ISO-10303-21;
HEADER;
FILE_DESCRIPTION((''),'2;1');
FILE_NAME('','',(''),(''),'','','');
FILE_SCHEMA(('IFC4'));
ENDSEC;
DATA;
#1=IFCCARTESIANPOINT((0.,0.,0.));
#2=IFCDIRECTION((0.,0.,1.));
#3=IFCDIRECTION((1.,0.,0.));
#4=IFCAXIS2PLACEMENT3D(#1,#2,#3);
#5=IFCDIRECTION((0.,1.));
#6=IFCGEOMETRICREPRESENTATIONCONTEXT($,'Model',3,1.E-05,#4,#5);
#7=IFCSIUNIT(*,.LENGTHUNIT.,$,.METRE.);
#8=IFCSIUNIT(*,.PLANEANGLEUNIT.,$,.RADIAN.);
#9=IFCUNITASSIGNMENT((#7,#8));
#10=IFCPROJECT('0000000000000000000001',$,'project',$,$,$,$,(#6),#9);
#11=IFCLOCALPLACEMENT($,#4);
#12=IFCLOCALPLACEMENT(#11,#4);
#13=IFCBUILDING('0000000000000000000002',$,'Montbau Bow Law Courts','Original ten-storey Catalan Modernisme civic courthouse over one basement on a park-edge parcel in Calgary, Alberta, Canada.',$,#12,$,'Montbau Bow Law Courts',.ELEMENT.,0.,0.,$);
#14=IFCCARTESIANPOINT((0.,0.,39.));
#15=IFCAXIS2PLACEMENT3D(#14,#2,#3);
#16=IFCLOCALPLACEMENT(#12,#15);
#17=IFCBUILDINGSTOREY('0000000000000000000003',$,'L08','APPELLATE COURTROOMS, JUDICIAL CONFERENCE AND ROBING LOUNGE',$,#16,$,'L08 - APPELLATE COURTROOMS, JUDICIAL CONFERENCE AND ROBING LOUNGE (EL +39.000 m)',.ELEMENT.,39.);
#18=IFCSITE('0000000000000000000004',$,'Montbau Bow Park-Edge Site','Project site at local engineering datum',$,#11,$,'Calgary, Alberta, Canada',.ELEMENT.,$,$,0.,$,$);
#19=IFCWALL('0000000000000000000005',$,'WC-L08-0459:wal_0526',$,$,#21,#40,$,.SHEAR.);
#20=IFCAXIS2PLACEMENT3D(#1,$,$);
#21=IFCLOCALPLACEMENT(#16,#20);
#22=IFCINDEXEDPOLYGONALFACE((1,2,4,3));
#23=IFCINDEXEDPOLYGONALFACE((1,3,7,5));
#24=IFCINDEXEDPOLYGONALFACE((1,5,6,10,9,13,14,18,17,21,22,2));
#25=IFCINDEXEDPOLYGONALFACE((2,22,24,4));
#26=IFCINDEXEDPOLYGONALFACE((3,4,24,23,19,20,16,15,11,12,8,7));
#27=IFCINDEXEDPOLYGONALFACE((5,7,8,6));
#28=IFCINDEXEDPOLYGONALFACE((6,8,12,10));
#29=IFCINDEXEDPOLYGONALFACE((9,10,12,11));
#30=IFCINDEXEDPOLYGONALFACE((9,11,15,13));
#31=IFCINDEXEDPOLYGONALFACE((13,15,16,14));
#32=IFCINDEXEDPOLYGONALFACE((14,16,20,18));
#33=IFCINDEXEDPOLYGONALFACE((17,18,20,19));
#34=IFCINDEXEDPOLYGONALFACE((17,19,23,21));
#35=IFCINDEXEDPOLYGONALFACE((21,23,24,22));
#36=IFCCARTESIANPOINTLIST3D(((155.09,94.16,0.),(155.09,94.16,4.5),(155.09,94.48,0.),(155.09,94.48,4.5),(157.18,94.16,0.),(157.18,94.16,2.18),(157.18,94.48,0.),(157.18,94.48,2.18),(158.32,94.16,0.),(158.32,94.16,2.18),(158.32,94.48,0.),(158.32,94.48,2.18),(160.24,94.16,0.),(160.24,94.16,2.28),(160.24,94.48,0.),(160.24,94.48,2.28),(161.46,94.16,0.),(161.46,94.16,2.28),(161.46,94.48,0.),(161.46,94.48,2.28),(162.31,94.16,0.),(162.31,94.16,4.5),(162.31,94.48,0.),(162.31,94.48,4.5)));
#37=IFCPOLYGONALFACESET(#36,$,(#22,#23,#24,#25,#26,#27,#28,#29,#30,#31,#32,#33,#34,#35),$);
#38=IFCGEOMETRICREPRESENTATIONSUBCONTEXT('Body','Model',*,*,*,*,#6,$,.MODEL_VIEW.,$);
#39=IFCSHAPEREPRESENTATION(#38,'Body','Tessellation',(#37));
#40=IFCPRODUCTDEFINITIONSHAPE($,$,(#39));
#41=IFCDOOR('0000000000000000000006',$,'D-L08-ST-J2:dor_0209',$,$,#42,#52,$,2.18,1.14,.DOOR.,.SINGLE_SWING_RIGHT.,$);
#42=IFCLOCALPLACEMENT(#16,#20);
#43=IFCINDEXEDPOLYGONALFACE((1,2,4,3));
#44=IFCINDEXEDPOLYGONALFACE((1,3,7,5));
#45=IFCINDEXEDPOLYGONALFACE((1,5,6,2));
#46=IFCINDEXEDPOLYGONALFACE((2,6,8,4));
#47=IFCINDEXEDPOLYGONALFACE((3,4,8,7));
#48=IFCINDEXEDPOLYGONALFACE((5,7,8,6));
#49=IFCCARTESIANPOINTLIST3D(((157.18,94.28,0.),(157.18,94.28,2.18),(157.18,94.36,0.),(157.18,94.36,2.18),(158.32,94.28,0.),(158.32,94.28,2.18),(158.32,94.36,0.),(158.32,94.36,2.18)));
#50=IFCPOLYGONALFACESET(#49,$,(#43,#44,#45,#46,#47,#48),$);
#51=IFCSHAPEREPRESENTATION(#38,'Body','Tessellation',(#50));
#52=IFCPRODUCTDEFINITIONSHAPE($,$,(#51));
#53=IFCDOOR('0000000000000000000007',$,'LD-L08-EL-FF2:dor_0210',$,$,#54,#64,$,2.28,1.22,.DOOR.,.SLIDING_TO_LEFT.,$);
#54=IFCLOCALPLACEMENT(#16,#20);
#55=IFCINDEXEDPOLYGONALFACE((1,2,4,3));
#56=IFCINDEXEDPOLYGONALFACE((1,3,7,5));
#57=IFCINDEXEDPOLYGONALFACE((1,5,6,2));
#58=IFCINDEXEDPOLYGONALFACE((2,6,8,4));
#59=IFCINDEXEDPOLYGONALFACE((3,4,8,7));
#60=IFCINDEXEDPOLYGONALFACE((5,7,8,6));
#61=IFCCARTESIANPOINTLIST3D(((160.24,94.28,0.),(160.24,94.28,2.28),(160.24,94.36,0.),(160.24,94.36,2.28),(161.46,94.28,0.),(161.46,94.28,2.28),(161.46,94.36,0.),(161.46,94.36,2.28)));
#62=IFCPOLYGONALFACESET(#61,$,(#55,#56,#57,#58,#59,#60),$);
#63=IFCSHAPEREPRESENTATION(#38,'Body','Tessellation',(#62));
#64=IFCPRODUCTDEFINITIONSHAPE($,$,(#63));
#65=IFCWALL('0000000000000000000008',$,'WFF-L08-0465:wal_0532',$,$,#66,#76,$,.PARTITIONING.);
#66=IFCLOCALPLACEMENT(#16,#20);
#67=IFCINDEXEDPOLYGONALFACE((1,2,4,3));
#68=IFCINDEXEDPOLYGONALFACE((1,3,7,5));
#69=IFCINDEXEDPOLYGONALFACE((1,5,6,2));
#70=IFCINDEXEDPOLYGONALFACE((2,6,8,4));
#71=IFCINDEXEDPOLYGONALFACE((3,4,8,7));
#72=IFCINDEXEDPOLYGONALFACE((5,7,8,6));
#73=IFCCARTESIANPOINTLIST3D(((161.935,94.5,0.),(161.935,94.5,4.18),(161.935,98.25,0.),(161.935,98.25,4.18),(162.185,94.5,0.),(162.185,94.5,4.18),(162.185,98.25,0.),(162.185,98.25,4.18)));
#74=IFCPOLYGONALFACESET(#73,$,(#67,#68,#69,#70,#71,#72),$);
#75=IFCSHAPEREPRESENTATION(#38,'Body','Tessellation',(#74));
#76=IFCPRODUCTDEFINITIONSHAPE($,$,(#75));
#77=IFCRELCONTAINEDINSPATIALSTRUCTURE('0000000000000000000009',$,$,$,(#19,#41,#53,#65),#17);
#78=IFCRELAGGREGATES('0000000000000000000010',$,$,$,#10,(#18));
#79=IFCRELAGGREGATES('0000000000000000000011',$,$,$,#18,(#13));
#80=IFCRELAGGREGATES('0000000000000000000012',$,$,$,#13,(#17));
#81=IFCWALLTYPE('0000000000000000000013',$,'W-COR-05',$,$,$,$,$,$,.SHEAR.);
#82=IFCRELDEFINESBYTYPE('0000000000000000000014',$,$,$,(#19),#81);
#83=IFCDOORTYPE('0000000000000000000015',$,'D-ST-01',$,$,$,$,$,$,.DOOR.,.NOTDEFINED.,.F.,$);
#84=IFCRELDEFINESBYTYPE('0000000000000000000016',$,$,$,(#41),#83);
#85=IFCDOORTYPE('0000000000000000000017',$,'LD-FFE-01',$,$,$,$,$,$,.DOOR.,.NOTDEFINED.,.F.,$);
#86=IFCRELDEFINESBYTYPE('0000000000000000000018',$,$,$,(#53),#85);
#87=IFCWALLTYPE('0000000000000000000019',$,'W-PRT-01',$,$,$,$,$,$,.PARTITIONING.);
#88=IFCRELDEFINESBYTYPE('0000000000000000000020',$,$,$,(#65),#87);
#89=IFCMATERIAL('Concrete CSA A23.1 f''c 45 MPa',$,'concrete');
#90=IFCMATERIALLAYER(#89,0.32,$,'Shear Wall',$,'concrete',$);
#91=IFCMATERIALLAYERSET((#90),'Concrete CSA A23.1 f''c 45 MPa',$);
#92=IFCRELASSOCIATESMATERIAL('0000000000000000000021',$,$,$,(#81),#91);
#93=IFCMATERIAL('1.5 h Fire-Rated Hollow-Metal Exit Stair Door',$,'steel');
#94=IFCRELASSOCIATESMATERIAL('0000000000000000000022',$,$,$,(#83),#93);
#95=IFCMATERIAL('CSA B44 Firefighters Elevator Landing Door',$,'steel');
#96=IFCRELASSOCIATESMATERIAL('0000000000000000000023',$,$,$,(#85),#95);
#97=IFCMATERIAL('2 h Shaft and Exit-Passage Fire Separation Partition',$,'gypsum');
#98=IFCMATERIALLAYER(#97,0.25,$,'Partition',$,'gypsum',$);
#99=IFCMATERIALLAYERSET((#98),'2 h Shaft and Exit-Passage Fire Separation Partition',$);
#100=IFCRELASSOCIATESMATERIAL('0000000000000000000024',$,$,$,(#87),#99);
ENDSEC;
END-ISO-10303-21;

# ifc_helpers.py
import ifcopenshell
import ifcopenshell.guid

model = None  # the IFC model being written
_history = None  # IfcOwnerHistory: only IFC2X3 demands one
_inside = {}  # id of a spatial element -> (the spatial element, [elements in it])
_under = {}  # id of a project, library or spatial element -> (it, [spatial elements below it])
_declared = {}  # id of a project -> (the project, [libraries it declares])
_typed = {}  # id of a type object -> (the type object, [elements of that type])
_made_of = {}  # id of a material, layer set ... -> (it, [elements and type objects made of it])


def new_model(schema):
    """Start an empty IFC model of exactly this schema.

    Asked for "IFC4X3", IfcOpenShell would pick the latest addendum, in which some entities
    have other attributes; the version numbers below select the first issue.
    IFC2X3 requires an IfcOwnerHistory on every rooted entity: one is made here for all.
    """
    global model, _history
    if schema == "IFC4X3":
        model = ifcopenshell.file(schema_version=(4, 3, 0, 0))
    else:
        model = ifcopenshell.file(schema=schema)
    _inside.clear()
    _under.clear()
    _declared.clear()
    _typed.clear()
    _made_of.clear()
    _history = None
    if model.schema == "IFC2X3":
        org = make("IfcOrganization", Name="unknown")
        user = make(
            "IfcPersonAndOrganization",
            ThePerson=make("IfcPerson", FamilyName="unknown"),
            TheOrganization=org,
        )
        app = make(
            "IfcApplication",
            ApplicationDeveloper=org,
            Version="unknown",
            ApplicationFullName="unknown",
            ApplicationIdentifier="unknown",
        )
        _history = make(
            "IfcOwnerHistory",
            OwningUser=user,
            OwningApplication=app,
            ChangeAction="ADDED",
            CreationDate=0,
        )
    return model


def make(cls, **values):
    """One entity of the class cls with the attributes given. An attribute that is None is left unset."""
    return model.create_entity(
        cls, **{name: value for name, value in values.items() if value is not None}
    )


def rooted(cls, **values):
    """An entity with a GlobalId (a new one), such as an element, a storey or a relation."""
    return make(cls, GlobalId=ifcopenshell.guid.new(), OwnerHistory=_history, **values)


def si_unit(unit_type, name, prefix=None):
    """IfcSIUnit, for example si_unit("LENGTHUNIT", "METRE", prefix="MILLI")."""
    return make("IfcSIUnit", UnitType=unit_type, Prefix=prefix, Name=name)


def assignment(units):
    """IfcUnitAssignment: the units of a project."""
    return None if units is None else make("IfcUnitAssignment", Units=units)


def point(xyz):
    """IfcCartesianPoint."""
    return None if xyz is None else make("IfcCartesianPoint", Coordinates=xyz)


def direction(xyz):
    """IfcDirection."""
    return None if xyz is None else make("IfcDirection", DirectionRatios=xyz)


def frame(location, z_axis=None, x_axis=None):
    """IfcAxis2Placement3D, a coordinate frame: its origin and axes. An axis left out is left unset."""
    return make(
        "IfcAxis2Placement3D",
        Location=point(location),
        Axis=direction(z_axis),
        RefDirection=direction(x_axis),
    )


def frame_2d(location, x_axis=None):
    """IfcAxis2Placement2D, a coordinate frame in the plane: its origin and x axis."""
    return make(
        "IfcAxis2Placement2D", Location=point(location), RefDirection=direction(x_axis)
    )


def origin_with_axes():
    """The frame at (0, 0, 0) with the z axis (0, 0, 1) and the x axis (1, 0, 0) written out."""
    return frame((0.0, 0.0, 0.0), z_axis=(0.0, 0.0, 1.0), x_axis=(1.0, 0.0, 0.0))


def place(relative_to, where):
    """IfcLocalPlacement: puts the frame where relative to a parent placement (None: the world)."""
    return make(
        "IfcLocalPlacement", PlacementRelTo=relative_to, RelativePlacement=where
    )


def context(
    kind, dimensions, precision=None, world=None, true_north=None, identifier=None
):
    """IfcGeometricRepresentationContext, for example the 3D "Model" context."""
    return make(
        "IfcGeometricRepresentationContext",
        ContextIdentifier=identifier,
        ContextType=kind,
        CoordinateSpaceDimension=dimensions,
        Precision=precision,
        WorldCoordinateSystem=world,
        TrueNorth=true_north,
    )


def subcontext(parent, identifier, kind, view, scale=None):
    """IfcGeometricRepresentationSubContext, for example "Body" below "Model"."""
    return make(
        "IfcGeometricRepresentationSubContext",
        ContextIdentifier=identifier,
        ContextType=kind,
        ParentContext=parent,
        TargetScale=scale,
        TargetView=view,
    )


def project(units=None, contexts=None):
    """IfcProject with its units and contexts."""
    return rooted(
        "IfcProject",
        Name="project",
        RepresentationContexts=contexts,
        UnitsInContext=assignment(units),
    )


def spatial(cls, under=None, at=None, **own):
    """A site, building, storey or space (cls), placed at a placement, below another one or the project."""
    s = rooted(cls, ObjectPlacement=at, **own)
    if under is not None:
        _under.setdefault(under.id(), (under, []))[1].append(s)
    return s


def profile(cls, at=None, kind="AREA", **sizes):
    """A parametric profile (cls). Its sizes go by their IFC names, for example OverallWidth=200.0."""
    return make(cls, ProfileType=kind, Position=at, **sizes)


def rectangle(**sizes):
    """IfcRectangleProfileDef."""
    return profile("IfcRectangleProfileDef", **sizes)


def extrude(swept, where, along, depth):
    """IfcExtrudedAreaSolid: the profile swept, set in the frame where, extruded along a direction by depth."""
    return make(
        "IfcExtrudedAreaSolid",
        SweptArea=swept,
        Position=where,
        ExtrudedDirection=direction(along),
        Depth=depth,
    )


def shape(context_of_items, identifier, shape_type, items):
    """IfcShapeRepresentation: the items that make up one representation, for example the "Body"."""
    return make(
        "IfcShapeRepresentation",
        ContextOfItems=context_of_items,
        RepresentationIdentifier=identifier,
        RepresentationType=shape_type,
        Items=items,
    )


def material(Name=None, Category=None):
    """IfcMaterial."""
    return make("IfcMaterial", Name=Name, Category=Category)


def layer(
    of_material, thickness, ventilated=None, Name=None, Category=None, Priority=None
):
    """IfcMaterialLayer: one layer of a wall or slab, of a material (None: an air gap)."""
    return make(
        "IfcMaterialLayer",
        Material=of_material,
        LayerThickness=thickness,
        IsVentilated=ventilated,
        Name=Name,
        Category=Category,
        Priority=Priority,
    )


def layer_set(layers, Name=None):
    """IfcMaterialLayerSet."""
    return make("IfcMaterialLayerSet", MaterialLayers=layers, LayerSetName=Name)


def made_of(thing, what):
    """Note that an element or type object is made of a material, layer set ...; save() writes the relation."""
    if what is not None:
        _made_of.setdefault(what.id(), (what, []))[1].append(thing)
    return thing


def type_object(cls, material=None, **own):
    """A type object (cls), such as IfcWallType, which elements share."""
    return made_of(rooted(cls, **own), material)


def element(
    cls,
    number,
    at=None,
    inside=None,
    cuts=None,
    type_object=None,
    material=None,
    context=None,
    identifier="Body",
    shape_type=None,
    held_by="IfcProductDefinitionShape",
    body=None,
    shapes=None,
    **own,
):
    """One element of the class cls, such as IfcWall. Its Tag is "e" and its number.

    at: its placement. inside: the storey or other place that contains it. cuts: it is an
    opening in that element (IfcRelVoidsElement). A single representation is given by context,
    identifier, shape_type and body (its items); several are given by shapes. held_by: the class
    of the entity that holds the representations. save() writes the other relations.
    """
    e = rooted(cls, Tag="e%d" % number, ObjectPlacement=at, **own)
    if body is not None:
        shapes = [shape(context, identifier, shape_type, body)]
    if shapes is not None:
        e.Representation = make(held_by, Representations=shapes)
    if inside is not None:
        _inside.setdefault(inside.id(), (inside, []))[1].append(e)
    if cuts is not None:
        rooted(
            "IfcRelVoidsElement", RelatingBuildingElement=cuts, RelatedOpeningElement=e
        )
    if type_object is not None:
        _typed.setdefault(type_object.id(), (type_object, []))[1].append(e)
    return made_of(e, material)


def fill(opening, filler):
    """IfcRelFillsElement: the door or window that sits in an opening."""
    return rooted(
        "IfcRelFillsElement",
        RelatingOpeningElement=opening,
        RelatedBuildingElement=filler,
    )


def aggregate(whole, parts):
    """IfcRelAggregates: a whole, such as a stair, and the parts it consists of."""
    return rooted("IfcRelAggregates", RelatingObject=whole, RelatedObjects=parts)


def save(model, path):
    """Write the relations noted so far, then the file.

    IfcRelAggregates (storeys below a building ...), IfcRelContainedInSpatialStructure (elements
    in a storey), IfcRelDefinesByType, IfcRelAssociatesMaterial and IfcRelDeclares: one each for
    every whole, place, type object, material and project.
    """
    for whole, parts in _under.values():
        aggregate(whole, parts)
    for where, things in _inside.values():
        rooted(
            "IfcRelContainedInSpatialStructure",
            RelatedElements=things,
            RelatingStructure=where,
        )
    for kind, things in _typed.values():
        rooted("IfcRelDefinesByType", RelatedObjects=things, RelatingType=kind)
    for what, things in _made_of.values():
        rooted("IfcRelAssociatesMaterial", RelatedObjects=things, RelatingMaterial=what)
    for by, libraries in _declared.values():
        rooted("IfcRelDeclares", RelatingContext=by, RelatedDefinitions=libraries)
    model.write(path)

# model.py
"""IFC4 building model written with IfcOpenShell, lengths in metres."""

from ifc_helpers import new_model, si_unit, direction, frame, frame_2d, origin_with_axes, place, context, subcontext, project, spatial, rectangle, extrude, material, layer, layer_set, type_object, element, fill, save


model = new_model("IFC4")

# Units and contexts
model_context = context("Model", 3, precision=1e-05, world=origin_with_axes(), true_north=direction((0.0, 1.0)))
body_context = subcontext(model_context, "Body", "Model", "MODEL_VIEW")
ifc_project = project(units=[si_unit("LENGTHUNIT", "METRE"), si_unit("PLANEANGLEUNIT", "RADIAN")], contexts=[model_context])

# Site, building, storey
site_placement = place(None, origin_with_axes())
site = spatial("IfcSite", under=ifc_project, at=site_placement, Name="Montbau Bow Park-Edge Site", Description="Project site at local engineering datum", LongName="Calgary, Alberta, Canada", CompositionType="ELEMENT", RefElevation=0.0)
building_placement = place(site_placement, origin_with_axes())
building = spatial("IfcBuilding", under=site, at=building_placement, Name="Montbau Bow Law Courts", Description="Original ten-storey Catalan Modernisme civic courthouse over one basement on a park-edge parcel in Calgary, Alberta, Canada.", LongName="Montbau Bow Law Courts", CompositionType="ELEMENT", ElevationOfRefHeight=0.0, ElevationOfTerrain=0.0)
storey_placement = place(building_placement, frame((0.0, 0.0, 39.0), z_axis=(0.0, 0.0, 1.0), x_axis=(1.0, 0.0, 0.0)))
storey = spatial("IfcBuildingStorey", under=building, at=storey_placement, Name="L08", Description="APPELLATE COURTROOMS, JUDICIAL CONFERENCE AND ROBING LOUNGE", LongName="L08 - APPELLATE COURTROOMS, JUDICIAL CONFERENCE AND ROBING LOUNGE (EL +39.000 m)", CompositionType="ELEMENT", Elevation=39.0)

# Wall, openings, doors
ifc_material_1 = material(Name="Concrete CSA A23.1 f'c 45 MPa", Category="concrete")
ifc_layer_1 = layer(ifc_material_1, 0.32, Name="Shear Wall", Category="concrete")
ifc_layer_set_1 = layer_set([ifc_layer_1], Name="Concrete CSA A23.1 f'c 45 MPa")
wall_type_1 = type_object("IfcWallType", Name="W-COR-05", PredefinedType="SHEAR", material=ifc_layer_set_1)
wall_1_placement = place(None, frame((162.31, 94.32, 39.0), z_axis=(0.0, 0.0, 1.0), x_axis=(-1.0, 0.0, 0.0)))
wall_1 = element("IfcWall", 1, at=wall_1_placement, inside=storey, type_object=wall_type_1, Name="WC-L08-0459:wal_0526", PredefinedType="SHEAR", context=body_context, shape_type="SweptSolid", body=[
    extrude(rectangle(XDim=7.22, YDim=0.32, at=frame_2d((3.61, 0.0), x_axis=(1.0, 0.0))), origin_with_axes(), (0.0, 0.0, 1.0), 4.5),
])
opening_1_placement = place(None, frame((157.75, 94.32, 39.0), z_axis=(0.0, 0.0, 1.0), x_axis=(-1.0, 0.0, 0.0)))
opening_1 = element("IfcOpeningElement", 2, at=opening_1_placement, cuts=wall_1, PredefinedType="OPENING", context=body_context, shape_type="SweptSolid", body=[
    extrude(rectangle(XDim=1.14, YDim=2.18, at=frame_2d((0.0, 1.09), x_axis=(1.0, 0.0))), frame((0.0, 0.17, 0.0), z_axis=(0.0, -1.0, 0.0), x_axis=(1.0, 0.0, 0.0)), (0.0, 0.0, 1.0), 0.34),
])
opening_2_placement = place(None, frame((160.85, 94.32, 39.0), z_axis=(0.0, 0.0, 1.0), x_axis=(-1.0, 0.0, 0.0)))
opening_2 = element("IfcOpeningElement", 3, at=opening_2_placement, cuts=wall_1, PredefinedType="OPENING", context=body_context, shape_type="SweptSolid", body=[
    extrude(rectangle(XDim=1.22, YDim=2.28, at=frame_2d((0.0, 1.14), x_axis=(1.0, 0.0))), frame((0.0, 0.17, 0.0), z_axis=(0.0, -1.0, 0.0), x_axis=(1.0, 0.0, 0.0)), (0.0, 0.0, 1.0), 0.34),
])
ifc_material_2 = material(Name="1.5 h Fire-Rated Hollow-Metal Exit Stair Door", Category="steel")
door_type_1 = type_object("IfcDoorType", Name="D-ST-01", OperationType="NOTDEFINED", ParameterTakesPrecedence=False, PredefinedType="DOOR", material=ifc_material_2)
door_1_placement = place(None, frame((157.75, 94.32, 39.0), z_axis=(0.0, 0.0, 1.0), x_axis=(1.0, 0.0, 0.0)))
door_1 = element("IfcDoor", 4, at=door_1_placement, inside=storey, type_object=door_type_1, Name="D-L08-ST-J2:dor_0209", OperationType="SINGLE_SWING_RIGHT", OverallHeight=2.18, OverallWidth=1.14, PredefinedType="DOOR", context=body_context, shape_type="SweptSolid", body=[
    extrude(rectangle(XDim=1.14, YDim=2.18, at=frame_2d((0.0, 1.09), x_axis=(1.0, 0.0))), frame((0.0, 0.04, 0.0), z_axis=(0.0, -1.0, 0.0), x_axis=(1.0, 0.0, 0.0)), (0.0, 0.0, 1.0), 0.08),
])
fill(opening_1, door_1)
ifc_material_3 = material(Name="CSA B44 Firefighters Elevator Landing Door", Category="steel")
door_type_2 = type_object("IfcDoorType", Name="LD-FFE-01", OperationType="NOTDEFINED", ParameterTakesPrecedence=False, PredefinedType="DOOR", material=ifc_material_3)
door_2_placement = place(None, frame((160.85, 94.32, 39.0), z_axis=(0.0, 0.0, 1.0), x_axis=(1.0, 0.0, 0.0)))
door_2 = element("IfcDoor", 5, at=door_2_placement, inside=storey, type_object=door_type_2, Name="LD-L08-EL-FF2:dor_0210", OperationType="SLIDING_TO_LEFT", OverallHeight=2.28, OverallWidth=1.22, PredefinedType="DOOR", context=body_context, shape_type="SweptSolid", body=[
    extrude(rectangle(XDim=1.22, YDim=2.28, at=frame_2d((0.0, 1.14), x_axis=(1.0, 0.0))), frame((0.0, 0.04, 0.0), z_axis=(0.0, -1.0, 0.0), x_axis=(1.0, 0.0, 0.0)), (0.0, 0.0, 1.0), 0.08),
])
fill(opening_2, door_2)

# Wall
ifc_material_4 = material(Name="2 h Shaft and Exit-Passage Fire Separation Partition", Category="gypsum")
ifc_layer_2 = layer(ifc_material_4, 0.25, Name="Partition", Category="gypsum")
ifc_layer_set_2 = layer_set([ifc_layer_2], Name="2 h Shaft and Exit-Passage Fire Separation Partition")
wall_type_2 = type_object("IfcWallType", Name="W-PRT-01", PredefinedType="PARTITIONING", material=ifc_layer_set_2)
wall_2_placement = place(None, frame((162.06, 94.5, 39.0), z_axis=(0.0, 0.0, 1.0), x_axis=(0.0, 1.0, 0.0)))
element("IfcWall", 6, at=wall_2_placement, inside=storey, type_object=wall_type_2, Name="WFF-L08-0465:wal_0532", PredefinedType="PARTITIONING", context=body_context, shape_type="SweptSolid", body=[
    extrude(rectangle(XDim=3.75, YDim=0.25, at=frame_2d((1.875, 0.0), x_axis=(1.0, 0.0))), origin_with_axes(), (0.0, 0.0, 1.0), 4.18),
])

save(model, "model.ifc")
